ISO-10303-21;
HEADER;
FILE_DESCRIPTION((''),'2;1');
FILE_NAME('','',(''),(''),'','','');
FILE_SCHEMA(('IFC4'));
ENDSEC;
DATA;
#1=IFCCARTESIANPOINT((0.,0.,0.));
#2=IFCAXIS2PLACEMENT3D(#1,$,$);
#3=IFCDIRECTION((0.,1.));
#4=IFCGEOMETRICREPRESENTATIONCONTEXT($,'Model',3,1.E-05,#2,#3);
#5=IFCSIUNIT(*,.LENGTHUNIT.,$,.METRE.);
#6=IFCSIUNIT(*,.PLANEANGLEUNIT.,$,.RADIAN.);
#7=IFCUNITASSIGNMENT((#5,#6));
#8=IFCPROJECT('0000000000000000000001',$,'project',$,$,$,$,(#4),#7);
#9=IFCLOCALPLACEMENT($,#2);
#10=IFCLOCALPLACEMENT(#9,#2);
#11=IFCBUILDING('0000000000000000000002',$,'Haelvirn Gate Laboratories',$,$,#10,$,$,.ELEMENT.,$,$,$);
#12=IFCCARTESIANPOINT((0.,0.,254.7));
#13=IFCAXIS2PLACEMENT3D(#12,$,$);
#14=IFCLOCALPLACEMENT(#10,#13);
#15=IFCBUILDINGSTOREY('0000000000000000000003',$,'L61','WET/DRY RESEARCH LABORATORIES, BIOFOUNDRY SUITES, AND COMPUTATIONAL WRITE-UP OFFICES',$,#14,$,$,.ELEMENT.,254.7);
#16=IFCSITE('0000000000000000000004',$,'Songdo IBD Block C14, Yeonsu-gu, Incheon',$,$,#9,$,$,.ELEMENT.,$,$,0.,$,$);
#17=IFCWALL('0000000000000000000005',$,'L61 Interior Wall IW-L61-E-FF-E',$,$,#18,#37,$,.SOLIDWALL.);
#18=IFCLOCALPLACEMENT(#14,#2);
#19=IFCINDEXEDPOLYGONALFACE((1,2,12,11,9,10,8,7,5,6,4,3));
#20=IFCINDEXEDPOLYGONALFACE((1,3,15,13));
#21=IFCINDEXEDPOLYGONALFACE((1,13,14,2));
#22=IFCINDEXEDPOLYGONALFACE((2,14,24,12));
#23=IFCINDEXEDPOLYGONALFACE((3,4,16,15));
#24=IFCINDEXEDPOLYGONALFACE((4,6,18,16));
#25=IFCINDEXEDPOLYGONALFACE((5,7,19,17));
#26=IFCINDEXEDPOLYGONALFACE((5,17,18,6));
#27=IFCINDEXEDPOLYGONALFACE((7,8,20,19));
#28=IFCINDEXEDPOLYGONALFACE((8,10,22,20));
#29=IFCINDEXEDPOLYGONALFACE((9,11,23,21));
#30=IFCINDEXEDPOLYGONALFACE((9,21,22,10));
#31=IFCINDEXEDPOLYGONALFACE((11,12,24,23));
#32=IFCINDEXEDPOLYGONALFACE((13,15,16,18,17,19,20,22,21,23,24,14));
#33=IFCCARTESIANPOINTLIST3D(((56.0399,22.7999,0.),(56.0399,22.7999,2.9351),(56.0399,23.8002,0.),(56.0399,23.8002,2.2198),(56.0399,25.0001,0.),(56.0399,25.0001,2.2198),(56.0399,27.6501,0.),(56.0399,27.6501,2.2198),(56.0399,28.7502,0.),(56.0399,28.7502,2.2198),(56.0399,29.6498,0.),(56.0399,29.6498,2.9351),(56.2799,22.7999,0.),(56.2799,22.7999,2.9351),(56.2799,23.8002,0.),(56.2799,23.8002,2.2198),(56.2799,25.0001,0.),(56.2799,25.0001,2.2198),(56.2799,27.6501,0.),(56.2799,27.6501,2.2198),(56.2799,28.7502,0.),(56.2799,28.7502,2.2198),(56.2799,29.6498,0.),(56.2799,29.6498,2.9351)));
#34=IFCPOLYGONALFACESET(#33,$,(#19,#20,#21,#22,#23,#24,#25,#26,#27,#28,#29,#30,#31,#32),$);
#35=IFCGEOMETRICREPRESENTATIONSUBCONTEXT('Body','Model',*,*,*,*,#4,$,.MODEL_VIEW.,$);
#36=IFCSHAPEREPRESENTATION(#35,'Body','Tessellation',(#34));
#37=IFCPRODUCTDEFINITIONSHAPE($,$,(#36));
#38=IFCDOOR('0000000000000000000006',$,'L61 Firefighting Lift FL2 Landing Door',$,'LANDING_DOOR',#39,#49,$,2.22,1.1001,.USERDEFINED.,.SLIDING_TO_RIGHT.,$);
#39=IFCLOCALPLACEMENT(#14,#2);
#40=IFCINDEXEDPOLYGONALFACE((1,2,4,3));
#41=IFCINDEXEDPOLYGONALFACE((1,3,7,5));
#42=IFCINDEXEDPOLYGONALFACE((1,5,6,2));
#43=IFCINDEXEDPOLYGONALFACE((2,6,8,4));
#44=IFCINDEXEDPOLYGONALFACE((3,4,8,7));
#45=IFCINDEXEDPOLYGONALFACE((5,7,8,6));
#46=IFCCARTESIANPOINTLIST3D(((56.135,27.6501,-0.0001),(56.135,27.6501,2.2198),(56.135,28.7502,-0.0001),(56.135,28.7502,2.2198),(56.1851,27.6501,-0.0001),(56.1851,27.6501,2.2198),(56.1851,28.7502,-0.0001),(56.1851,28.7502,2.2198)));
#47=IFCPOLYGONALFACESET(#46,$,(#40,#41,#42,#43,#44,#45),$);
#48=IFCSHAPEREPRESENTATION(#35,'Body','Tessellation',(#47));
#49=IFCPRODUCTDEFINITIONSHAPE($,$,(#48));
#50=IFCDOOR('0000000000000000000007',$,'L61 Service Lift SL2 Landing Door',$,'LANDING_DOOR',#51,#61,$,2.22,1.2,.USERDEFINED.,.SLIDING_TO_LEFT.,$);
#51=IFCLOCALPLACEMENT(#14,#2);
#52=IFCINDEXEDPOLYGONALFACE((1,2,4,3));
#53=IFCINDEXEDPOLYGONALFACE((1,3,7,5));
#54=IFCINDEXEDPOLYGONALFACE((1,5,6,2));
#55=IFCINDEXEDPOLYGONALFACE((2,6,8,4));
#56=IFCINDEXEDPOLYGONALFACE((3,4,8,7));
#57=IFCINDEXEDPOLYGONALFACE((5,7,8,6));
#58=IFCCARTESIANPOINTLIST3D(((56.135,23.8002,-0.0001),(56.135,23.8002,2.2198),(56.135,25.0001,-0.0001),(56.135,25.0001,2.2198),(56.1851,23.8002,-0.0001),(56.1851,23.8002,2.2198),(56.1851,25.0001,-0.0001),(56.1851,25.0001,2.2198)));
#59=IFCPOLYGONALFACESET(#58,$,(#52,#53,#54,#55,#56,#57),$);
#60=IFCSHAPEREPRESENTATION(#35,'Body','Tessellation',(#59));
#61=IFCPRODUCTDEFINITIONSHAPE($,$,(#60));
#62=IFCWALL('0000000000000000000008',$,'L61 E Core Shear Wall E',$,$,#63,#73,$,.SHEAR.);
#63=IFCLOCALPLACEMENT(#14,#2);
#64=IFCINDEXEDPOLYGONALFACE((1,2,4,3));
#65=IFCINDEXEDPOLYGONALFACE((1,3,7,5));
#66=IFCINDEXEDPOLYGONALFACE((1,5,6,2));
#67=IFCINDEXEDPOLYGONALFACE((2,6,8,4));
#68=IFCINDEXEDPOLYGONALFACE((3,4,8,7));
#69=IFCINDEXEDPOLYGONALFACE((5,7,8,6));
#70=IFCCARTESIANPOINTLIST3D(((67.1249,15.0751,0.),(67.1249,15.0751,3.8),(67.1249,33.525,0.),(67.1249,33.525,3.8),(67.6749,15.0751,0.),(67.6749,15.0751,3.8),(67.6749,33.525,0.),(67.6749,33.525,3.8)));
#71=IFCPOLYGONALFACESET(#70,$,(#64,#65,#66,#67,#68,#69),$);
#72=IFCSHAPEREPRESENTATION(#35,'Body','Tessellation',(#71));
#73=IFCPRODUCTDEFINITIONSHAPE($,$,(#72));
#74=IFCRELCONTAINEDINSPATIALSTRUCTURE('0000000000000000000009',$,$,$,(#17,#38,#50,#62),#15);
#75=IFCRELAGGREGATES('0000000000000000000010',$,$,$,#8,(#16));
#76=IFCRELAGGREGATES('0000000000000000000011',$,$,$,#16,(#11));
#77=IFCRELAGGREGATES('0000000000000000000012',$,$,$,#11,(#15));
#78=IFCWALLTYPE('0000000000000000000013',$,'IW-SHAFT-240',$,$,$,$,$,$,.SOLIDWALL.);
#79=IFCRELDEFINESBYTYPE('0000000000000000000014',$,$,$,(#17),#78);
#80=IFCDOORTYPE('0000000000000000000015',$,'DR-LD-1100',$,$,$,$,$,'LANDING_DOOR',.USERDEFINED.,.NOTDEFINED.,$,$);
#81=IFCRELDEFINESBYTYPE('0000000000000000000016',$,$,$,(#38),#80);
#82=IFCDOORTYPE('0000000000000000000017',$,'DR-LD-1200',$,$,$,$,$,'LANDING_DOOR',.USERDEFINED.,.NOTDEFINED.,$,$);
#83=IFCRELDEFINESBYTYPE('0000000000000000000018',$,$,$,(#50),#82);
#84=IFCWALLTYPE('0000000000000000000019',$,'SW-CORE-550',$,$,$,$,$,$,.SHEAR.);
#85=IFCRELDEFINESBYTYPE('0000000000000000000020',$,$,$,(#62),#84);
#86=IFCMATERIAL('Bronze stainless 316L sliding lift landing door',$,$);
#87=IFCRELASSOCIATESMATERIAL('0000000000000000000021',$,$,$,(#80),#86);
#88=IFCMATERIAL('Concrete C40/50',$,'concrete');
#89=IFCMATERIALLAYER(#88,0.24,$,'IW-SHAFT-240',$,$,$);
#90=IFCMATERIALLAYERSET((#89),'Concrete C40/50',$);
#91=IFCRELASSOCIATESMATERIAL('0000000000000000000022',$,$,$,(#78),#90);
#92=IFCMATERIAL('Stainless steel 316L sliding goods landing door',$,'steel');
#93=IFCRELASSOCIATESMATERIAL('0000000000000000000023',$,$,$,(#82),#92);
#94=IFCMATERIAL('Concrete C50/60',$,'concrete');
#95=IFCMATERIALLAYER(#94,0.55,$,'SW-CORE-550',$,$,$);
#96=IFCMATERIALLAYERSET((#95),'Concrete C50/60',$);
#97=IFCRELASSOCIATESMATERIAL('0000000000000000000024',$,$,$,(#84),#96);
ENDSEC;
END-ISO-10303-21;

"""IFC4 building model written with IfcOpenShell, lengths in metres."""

from ifc_helpers import new_model, si_unit, direction, frame, frame_2d, origin, place, context, subcontext, project, spatial, rectangle, extrude, source, transform, mapped, material, layer, layer_set, type_object, type_shapes, element, fill, save


model = new_model("IFC4")

# Units and contexts
model_context = context("Model", 3, precision=1e-05, world=origin(), true_north=direction((0.0, 1.0)))
body_context = subcontext(model_context, "Body", "Model", "MODEL_VIEW")
ifc_project = project(units=[si_unit("LENGTHUNIT", "METRE"), si_unit("PLANEANGLEUNIT", "RADIAN")], contexts=[model_context])

# Site, building, storey
site_placement = place(None, origin())
site = spatial("IfcSite", under=ifc_project, at=site_placement, Name="Songdo IBD Block C14, Yeonsu-gu, Incheon", CompositionType="ELEMENT", RefElevation=0.0)
building_placement = place(site_placement, origin())
building = spatial("IfcBuilding", under=site, at=building_placement, Name="Haelvirn Gate Laboratories", CompositionType="ELEMENT")
storey_placement = place(building_placement, frame((0.0, 0.0, 254.7)))
storey = spatial("IfcBuildingStorey", under=building, at=storey_placement, Name="L61", Description="WET/DRY RESEARCH LABORATORIES, BIOFOUNDRY SUITES, AND COMPUTATIONAL WRITE-UP OFFICES", CompositionType="ELEMENT", Elevation=254.7)

# Shared definitions
ifc_material_1 = material(Name="Concrete C50/60", Category="concrete")

# Shared definitions
ifc_material_2 = material(Name="Concrete C40/50", Category="concrete")

# Shared definitions
ifc_material_3 = material(Name="Bronze stainless 316L sliding lift landing door")
door_type_1 = type_object("IfcDoorType", Name="DR-LD-1100", ElementType="LANDING_DOOR", OperationType="NOTDEFINED", PredefinedType="USERDEFINED", material=ifc_material_3)
shared_shape_1 = source(origin(), body_context, "Body", "SweptSolid", [
    extrude(rectangle(XDim=1.1001, YDim=2.22, at=frame_2d((0.55, 1.1099))), frame((0.0, 0.0249, 0.0), z_axis=(0.0, -1.0, 0.0), x_axis=(1.0, 0.0, 0.0)), (0.0, 0.0, 1.0), 0.05),
])
type_shapes(door_type_1, [shared_shape_1])

# Wall, openings, doors
ifc_layer_1 = layer(ifc_material_2, 0.24, Name="IW-SHAFT-240")
ifc_layer_set_1 = layer_set([ifc_layer_1], Name="Concrete C40/50")
wall_type_1 = type_object("IfcWallType", Name="IW-SHAFT-240", PredefinedType="SOLIDWALL", material=ifc_layer_set_1)
wall_1_placement = place(storey_placement, frame((56.1599, 22.8, 0.0), z_axis=(0.0, 0.0, 1.0), x_axis=(0.0, 1.0, 0.0)))
wall_1 = element("IfcWall", 1, at=wall_1_placement, inside=storey, type_object=wall_type_1, Name="L61 Interior Wall IW-L61-E-FF-E", PredefinedType="SOLIDWALL", context=body_context, shape_type="SweptSolid", body=[
    extrude(rectangle(XDim=6.8499, YDim=0.24, at=frame_2d((3.4248, 0.0))), origin(), (0.0, 0.0, 1.0), 2.9351),
])
opening_1_placement = place(wall_1_placement, frame((4.8501, 0.0, 0.0)))
opening_1 = element("IfcOpeningElement", 2, at=opening_1_placement, cuts=wall_1, PredefinedType="OPENING", context=body_context, shape_type="SweptSolid", body=[
    extrude(rectangle(XDim=1.1001, YDim=2.22, at=frame_2d((0.55, 1.1099))), frame((0.0, 0.1299, 0.0), z_axis=(0.0, -1.0, 0.0), x_axis=(1.0, 0.0, 0.0)), (0.0, 0.0, 1.0), 0.26),
])
opening_2_placement = place(wall_1_placement, frame((1.0, 0.0, 0.0)))
opening_2 = element("IfcOpeningElement", 3, at=opening_2_placement, cuts=wall_1, PredefinedType="OPENING", context=body_context, shape_type="SweptSolid", body=[
    extrude(rectangle(XDim=1.2, YDim=2.22, at=frame_2d((0.6001, 1.1099))), frame((0.0, 0.1299, 0.0), z_axis=(0.0, -1.0, 0.0), x_axis=(1.0, 0.0, 0.0)), (0.0, 0.0, 1.0), 0.26),
])
door_1_placement = place(opening_1_placement, origin())
door_1 = element("IfcDoor", 4, at=door_1_placement, inside=storey, type_object=door_type_1, Name="L61 Firefighting Lift FL2 Landing Door", ObjectType="LANDING_DOOR", OperationType="SLIDING_TO_RIGHT", OverallHeight=2.22, OverallWidth=1.1001, PredefinedType="USERDEFINED", context=body_context, shape_type="MappedRepresentation", body=[
    mapped(shared_shape_1, transform((0.0, 0.0, 0.0), scale=1.0)),
])
fill(opening_1, door_1)
ifc_material_4 = material(Name="Stainless steel 316L sliding goods landing door", Category="steel")
door_type_2 = type_object("IfcDoorType", Name="DR-LD-1200", ElementType="LANDING_DOOR", OperationType="NOTDEFINED", PredefinedType="USERDEFINED", material=ifc_material_4)
shared_shape_2 = source(origin(), body_context, "Body", "SweptSolid", [
    extrude(rectangle(XDim=1.2, YDim=2.22, at=frame_2d((0.6001, 1.1099))), frame((0.0, 0.0249, 0.0), z_axis=(0.0, -1.0, 0.0), x_axis=(1.0, 0.0, 0.0)), (0.0, 0.0, 1.0), 0.05),
])
type_shapes(door_type_2, [shared_shape_2])
door_2_placement = place(opening_2_placement, origin())
door_2 = element("IfcDoor", 5, at=door_2_placement, inside=storey, type_object=door_type_2, Name="L61 Service Lift SL2 Landing Door", ObjectType="LANDING_DOOR", OperationType="SLIDING_TO_LEFT", OverallHeight=2.22, OverallWidth=1.2, PredefinedType="USERDEFINED", context=body_context, shape_type="MappedRepresentation", body=[
    mapped(shared_shape_2, transform((0.0, 0.0, 0.0), scale=1.0)),
])
fill(opening_2, door_2)

# Wall
ifc_layer_2 = layer(ifc_material_1, 0.55, Name="SW-CORE-550")
ifc_layer_set_2 = layer_set([ifc_layer_2], Name="Concrete C50/60")
wall_type_2 = type_object("IfcWallType", Name="SW-CORE-550", PredefinedType="SHEAR", material=ifc_layer_set_2)
wall_2_placement = place(storey_placement, frame((67.3999, 15.075, 0.0), z_axis=(0.0, 0.0, 1.0), x_axis=(0.0, 1.0, 0.0)))
element("IfcWall", 6, at=wall_2_placement, inside=storey, type_object=wall_type_2, Name="L61 E Core Shear Wall E", PredefinedType="SHEAR", context=body_context, shape_type="SweptSolid", body=[
    extrude(rectangle(XDim=18.45, YDim=0.55, at=frame_2d((9.2251, 0.0))), origin(), (0.0, 0.0, 1.0), 3.8),
])

save(model, "model.ifc")
